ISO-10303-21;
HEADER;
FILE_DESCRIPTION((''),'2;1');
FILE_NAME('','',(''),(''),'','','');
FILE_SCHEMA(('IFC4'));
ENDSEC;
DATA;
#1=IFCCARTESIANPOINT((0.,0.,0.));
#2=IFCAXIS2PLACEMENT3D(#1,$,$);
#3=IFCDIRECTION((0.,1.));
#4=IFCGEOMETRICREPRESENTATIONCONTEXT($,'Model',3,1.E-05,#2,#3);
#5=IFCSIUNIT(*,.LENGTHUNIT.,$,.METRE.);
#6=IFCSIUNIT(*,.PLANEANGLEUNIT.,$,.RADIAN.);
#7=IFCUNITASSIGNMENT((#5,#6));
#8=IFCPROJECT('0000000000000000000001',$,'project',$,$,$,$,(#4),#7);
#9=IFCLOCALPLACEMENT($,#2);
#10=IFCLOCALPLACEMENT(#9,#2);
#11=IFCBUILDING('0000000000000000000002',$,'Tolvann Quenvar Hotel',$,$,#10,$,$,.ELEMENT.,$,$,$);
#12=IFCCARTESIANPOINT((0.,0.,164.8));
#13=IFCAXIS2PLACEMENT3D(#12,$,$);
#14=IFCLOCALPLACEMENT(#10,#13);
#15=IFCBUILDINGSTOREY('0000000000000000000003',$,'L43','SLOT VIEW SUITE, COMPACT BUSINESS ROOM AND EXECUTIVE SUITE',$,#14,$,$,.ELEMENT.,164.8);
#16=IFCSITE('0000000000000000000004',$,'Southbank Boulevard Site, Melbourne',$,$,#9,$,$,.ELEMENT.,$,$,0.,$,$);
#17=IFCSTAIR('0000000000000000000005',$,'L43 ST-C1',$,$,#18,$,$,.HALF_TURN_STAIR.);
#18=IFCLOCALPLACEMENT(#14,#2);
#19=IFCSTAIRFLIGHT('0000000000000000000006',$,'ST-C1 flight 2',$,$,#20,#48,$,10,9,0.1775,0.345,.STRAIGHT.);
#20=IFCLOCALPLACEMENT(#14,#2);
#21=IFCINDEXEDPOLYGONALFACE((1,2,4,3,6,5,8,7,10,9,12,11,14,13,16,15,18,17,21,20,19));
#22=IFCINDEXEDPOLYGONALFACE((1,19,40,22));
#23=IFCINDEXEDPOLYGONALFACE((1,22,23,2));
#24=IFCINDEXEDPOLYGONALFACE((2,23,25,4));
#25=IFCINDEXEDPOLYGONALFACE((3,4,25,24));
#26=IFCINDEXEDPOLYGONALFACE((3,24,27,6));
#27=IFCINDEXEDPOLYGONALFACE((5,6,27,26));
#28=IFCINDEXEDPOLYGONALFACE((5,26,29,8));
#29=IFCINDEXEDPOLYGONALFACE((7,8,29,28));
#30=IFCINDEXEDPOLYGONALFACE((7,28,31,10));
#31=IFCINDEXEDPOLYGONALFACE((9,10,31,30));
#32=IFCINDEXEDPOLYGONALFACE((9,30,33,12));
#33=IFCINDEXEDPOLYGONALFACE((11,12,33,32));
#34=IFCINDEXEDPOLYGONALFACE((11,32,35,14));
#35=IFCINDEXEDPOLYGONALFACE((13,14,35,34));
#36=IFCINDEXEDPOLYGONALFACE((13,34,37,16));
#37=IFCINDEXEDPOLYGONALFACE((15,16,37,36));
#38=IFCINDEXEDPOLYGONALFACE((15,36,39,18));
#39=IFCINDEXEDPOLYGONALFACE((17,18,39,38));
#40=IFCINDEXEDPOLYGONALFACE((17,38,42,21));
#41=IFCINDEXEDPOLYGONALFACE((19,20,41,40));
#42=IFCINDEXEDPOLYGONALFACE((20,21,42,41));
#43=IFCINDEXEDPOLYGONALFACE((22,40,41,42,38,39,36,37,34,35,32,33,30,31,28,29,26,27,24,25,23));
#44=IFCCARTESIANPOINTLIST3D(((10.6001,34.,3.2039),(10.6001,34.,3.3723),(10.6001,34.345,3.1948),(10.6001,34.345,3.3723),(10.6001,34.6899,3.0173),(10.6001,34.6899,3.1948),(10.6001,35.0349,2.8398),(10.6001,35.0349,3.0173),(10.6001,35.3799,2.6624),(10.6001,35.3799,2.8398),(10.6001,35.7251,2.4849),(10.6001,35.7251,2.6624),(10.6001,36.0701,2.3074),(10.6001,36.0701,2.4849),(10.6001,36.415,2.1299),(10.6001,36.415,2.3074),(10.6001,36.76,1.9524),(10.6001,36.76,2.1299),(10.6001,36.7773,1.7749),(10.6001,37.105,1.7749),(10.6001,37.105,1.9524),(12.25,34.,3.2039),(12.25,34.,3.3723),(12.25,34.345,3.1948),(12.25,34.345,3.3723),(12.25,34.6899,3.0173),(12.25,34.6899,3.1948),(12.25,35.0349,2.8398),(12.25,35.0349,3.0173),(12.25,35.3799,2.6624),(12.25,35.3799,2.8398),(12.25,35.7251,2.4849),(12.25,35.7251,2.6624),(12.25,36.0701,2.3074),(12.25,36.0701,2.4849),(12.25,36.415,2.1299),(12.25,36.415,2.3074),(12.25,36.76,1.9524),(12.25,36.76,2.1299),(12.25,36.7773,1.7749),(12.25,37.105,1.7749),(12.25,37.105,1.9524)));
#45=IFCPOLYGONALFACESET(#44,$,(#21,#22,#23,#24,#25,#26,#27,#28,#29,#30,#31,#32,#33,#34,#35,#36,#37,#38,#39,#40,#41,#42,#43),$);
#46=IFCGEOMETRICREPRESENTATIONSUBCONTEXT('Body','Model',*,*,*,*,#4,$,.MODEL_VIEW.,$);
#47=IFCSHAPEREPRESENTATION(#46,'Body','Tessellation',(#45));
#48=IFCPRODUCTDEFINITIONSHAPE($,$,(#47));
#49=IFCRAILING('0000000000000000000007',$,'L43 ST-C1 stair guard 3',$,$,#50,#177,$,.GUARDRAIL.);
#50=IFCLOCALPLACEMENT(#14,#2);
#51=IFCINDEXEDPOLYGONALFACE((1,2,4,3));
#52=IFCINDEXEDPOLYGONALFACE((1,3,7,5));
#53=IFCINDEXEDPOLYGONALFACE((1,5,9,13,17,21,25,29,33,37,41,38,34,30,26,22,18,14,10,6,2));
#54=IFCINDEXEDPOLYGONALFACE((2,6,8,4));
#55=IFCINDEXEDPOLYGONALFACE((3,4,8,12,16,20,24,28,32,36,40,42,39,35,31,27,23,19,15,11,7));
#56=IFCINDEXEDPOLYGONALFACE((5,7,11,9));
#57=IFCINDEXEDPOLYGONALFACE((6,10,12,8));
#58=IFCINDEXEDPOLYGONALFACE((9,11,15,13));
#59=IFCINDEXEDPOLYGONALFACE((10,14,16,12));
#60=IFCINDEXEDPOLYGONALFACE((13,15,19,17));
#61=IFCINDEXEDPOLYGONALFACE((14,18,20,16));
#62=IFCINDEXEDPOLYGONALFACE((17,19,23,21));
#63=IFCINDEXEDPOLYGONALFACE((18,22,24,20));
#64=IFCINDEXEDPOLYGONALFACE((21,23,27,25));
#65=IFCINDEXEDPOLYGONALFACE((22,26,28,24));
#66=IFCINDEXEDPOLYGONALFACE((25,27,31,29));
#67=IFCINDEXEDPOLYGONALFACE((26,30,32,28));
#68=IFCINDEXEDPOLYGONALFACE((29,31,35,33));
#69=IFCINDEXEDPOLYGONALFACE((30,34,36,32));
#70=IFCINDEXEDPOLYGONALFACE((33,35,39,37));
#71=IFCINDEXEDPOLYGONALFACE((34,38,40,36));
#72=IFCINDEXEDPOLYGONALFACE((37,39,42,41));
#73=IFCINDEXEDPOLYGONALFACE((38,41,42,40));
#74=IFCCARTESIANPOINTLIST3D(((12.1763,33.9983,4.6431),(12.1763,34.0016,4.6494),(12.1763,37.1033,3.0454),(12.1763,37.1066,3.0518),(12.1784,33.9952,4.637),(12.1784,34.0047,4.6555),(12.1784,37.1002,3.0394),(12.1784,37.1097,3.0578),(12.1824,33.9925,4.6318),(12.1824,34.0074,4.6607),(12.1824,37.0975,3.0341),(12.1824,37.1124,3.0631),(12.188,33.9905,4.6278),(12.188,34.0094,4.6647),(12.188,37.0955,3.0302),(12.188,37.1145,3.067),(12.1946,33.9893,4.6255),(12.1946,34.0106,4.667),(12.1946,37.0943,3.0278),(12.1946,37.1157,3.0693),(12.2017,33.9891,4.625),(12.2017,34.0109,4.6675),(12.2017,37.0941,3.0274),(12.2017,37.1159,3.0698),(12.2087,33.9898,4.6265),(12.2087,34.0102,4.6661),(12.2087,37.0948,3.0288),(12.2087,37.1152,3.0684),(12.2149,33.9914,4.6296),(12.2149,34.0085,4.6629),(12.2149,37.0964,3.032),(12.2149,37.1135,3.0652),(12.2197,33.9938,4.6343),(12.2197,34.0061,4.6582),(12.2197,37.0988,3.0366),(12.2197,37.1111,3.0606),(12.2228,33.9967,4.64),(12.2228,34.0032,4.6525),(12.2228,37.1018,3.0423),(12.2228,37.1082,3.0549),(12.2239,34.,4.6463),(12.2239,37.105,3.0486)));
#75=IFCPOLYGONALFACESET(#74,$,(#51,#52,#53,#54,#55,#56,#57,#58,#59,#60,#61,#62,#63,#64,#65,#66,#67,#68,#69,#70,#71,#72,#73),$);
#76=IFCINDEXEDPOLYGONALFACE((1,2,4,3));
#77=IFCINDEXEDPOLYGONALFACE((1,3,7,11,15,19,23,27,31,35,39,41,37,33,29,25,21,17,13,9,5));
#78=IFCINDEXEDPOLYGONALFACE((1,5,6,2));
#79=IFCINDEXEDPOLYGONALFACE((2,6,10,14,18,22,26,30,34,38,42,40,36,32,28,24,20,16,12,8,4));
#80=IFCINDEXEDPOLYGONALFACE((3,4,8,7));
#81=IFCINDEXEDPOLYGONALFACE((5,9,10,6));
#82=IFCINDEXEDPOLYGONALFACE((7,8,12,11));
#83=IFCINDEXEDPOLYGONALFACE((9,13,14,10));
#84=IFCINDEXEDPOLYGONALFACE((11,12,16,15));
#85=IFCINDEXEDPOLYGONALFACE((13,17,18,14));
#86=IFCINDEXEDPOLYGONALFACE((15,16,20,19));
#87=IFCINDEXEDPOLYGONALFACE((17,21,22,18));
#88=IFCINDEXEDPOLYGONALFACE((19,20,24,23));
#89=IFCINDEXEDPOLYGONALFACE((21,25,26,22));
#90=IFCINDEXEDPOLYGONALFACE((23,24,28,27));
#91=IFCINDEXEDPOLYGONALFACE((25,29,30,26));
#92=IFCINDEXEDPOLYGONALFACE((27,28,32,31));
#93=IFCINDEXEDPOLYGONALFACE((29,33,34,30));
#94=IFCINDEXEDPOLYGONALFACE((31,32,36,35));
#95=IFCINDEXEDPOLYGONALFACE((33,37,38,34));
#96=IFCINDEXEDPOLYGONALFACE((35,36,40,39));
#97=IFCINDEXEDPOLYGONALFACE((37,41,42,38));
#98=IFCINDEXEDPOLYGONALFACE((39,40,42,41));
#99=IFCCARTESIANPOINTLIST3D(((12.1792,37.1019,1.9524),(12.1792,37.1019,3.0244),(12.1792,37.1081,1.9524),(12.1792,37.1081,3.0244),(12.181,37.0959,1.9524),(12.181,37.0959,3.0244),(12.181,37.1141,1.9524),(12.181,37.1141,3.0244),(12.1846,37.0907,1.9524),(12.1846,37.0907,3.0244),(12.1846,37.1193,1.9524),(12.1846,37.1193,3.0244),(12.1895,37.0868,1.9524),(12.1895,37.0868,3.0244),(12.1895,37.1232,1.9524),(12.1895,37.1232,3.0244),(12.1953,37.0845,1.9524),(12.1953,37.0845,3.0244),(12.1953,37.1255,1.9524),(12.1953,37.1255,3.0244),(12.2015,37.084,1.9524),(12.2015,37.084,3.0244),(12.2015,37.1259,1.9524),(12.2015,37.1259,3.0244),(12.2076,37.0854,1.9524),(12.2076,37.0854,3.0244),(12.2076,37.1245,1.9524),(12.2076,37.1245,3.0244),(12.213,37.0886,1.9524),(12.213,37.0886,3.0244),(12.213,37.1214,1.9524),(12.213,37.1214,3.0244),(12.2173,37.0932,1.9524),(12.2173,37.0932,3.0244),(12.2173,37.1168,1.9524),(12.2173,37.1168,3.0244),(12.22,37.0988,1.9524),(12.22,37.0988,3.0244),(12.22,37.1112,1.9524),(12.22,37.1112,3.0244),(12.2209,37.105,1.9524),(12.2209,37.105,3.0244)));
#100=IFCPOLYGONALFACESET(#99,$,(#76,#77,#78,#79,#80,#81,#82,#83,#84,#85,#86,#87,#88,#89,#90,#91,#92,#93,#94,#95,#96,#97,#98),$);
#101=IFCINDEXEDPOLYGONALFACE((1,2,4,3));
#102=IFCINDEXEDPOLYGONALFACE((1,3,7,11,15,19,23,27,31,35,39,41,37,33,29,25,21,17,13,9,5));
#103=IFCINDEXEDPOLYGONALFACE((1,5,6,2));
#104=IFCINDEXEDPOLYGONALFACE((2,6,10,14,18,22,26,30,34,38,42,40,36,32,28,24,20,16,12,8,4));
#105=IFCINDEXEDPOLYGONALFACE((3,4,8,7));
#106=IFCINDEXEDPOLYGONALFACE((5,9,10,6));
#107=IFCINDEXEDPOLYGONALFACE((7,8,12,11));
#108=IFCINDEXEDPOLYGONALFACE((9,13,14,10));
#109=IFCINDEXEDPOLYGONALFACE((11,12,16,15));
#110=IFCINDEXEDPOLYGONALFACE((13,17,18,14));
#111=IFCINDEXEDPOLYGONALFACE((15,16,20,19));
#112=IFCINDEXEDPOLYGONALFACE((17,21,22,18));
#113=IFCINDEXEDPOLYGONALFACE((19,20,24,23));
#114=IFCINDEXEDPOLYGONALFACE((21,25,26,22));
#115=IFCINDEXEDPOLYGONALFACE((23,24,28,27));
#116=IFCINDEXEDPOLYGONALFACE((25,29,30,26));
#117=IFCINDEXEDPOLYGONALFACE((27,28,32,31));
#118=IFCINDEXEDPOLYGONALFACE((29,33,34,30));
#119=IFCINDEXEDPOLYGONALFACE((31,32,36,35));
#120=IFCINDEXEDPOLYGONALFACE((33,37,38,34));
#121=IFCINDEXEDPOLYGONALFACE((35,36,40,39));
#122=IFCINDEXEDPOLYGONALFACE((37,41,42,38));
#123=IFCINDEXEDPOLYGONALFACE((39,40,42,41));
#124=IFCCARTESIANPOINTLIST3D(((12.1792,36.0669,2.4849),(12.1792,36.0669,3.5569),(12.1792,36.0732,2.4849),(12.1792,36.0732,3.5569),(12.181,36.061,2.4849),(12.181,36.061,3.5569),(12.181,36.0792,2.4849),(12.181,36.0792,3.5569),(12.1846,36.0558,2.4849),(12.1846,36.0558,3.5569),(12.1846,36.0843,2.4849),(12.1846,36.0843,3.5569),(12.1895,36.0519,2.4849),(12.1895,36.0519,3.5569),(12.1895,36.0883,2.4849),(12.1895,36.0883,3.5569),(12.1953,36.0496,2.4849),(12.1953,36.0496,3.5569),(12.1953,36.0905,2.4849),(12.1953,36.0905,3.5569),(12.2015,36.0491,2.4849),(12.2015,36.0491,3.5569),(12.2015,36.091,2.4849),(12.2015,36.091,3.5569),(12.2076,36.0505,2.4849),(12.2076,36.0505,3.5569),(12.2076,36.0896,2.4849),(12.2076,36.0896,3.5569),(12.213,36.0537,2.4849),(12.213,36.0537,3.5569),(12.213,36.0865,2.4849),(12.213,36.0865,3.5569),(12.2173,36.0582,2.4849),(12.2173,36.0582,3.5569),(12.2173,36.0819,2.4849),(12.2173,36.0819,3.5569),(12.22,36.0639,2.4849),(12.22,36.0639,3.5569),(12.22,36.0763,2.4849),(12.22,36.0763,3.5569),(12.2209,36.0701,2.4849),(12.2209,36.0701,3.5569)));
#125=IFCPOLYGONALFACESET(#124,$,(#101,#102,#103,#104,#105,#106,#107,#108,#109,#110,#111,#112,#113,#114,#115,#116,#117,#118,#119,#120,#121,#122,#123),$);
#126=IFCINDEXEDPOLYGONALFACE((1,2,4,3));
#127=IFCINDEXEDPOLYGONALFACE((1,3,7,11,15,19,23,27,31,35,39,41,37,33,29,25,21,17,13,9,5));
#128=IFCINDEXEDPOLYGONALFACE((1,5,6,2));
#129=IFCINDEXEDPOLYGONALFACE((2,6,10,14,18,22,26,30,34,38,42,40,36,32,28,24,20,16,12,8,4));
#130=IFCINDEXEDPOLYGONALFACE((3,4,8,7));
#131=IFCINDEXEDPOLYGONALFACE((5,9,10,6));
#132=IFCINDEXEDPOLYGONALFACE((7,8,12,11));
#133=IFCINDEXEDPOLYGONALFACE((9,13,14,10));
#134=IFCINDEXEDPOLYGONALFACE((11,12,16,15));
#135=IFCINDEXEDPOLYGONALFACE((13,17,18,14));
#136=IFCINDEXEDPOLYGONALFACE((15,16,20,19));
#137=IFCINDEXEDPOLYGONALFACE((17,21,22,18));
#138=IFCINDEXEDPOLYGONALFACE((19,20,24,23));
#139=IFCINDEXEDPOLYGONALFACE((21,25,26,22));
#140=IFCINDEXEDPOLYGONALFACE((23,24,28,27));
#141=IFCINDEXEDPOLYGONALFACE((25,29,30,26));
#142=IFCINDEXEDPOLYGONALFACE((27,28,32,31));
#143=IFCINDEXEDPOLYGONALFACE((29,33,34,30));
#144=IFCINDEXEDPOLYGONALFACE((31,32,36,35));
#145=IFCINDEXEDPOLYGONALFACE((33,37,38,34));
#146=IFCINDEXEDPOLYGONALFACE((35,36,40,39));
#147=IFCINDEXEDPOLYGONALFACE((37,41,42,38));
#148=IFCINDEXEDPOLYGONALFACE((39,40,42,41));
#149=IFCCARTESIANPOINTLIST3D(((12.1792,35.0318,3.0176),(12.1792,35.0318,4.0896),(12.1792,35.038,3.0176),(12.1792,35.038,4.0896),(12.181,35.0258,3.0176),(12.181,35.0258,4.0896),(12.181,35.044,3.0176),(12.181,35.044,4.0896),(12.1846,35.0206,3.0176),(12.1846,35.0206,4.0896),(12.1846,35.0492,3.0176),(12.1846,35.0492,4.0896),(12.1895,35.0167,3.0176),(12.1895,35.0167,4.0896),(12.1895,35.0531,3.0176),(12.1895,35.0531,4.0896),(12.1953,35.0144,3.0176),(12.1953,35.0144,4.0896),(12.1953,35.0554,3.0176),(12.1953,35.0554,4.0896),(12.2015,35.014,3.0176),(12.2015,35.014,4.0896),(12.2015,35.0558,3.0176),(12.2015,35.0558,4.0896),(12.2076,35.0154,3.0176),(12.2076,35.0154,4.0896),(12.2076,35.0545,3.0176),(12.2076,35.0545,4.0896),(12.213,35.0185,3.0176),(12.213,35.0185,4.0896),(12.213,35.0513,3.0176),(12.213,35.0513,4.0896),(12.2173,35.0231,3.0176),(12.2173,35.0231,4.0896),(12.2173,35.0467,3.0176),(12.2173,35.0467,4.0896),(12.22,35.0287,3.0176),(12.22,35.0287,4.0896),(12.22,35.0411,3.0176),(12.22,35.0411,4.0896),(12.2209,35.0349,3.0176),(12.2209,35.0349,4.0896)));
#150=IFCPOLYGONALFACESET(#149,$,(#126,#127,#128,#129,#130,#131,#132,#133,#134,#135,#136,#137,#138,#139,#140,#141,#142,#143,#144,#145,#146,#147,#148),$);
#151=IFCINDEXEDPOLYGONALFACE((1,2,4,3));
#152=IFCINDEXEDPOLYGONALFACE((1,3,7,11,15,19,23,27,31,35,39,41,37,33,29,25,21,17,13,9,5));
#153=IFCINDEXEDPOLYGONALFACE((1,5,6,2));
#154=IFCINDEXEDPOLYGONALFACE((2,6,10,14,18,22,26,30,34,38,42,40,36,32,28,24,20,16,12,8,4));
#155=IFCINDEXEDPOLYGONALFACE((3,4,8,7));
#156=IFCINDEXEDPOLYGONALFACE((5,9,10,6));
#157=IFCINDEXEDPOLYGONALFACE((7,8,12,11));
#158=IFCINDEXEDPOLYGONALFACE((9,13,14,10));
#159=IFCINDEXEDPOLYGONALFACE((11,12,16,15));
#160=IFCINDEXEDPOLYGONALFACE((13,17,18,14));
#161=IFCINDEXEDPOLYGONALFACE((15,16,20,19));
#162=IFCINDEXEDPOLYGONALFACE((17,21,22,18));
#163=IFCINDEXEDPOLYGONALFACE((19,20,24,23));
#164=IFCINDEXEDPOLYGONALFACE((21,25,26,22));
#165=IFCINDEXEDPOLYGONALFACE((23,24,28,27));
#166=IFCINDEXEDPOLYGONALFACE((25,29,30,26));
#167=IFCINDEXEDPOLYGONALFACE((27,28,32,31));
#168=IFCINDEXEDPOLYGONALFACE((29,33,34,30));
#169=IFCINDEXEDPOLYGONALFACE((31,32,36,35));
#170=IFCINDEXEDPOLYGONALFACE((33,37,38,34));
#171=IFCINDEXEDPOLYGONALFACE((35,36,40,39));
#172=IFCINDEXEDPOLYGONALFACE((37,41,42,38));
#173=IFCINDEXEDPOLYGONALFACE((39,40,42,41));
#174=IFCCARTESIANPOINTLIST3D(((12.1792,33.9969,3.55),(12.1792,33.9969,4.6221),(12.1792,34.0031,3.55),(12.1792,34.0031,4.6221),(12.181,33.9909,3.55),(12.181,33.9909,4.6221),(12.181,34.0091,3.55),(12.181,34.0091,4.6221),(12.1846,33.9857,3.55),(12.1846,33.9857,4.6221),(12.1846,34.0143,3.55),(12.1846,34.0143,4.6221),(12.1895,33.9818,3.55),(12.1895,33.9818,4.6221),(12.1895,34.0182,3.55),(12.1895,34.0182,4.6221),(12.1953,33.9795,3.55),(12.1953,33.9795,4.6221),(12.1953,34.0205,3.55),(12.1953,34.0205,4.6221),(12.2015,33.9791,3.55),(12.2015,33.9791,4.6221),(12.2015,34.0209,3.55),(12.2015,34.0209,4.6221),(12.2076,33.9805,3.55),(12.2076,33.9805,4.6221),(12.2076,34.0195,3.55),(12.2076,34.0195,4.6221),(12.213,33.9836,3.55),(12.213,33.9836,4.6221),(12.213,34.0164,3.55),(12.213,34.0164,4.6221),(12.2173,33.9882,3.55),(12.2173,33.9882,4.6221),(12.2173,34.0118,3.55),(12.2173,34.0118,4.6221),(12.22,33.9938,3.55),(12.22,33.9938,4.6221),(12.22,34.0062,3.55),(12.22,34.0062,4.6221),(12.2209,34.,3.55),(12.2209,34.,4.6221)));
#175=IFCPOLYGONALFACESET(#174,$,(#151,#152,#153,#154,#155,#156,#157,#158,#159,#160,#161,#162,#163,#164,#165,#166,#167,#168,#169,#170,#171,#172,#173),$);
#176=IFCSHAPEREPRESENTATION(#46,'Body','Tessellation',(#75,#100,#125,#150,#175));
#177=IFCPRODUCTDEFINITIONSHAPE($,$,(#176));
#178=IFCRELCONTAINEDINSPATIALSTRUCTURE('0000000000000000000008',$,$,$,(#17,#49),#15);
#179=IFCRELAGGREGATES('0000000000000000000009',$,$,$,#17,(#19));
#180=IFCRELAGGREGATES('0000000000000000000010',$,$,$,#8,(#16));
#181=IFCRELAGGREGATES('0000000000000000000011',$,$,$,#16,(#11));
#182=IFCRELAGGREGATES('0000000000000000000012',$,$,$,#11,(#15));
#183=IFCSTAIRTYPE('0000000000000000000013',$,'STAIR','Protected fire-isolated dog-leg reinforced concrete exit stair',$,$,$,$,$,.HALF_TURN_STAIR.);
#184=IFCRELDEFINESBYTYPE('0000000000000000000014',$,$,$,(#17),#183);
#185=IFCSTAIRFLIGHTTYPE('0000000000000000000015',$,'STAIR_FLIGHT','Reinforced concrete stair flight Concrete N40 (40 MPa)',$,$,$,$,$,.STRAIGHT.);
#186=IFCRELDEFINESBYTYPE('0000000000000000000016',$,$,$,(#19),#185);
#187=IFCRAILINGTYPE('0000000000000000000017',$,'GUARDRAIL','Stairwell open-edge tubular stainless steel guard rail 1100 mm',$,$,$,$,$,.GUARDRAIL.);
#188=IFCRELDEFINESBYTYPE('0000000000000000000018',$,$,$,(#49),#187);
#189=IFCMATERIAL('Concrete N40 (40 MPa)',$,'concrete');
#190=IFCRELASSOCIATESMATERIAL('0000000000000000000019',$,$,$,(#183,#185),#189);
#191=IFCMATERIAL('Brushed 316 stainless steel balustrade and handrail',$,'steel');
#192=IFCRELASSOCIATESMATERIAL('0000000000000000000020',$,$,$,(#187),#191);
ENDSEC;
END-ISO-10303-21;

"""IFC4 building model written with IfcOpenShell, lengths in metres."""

from ifc_helpers import new_model, si_unit, direction, frame, origin, origin_2d, place, context, subcontext, project, spatial, polyline, circle, outline, extrude, material, type_object, element, aggregate, save


model = new_model("IFC4")

# Units and contexts
model_context = context("Model", 3, precision=1e-05, world=origin(), true_north=direction((0.0, 1.0)))
body_context = subcontext(model_context, "Body", "Model", "MODEL_VIEW")
ifc_project = project(units=[si_unit("LENGTHUNIT", "METRE"), si_unit("PLANEANGLEUNIT", "RADIAN")], contexts=[model_context])

# Site, building, storey
site_placement = place(None, origin())
site = spatial("IfcSite", under=ifc_project, at=site_placement, Name="Southbank Boulevard Site, Melbourne", CompositionType="ELEMENT", RefElevation=0.0)
building_placement = place(site_placement, origin())
building = spatial("IfcBuilding", under=site, at=building_placement, Name="Tolvann Quenvar Hotel", CompositionType="ELEMENT")
storey_placement = place(building_placement, frame((0.0, 0.0, 164.8)))
storey = spatial("IfcBuildingStorey", under=building, at=storey_placement, Name="L43", Description="SLOT VIEW SUITE, COMPACT BUSINESS ROOM AND EXECUTIVE SUITE", CompositionType="ELEMENT", Elevation=164.8)

# Stair, stair flight
ifc_material_1 = material(Name="Concrete N40 (40 MPa)", Category="concrete")
stair_type = type_object("IfcStairType", Name="STAIR", Description="Protected fire-isolated dog-leg reinforced concrete exit stair", PredefinedType="HALF_TURN_STAIR", material=ifc_material_1)
stair_placement = place(storey_placement, origin())
stair = element("IfcStair", 1, at=stair_placement, inside=storey, type_object=stair_type, Name="L43 ST-C1", PredefinedType="HALF_TURN_STAIR")
stair_flight_type = type_object("IfcStairFlightType", Name="STAIR_FLIGHT", Description="Reinforced concrete stair flight Concrete N40 (40 MPa)", PredefinedType="STRAIGHT", material=ifc_material_1)
stair_flight_placement = place(storey_placement, frame((11.425, 37.105, 1.7749), z_axis=(0.0, 0.0, 1.0), x_axis=(0.0, -1.0, 0.0)))
stair_flight = element("IfcStairFlight", 2, at=stair_flight_placement, type_object=stair_flight_type, Name="ST-C1 flight 2", NumberOfRisers=10, NumberOfTreads=9, PredefinedType="STRAIGHT", RiserHeight=0.1775, TreadLength=0.345, context=body_context, shape_type="SweptSolid", body=[
    extrude(outline(polyline([(0.0, 0.0), (0.0, 0.1775), (0.345, 0.1775), (0.345, 0.355), (0.6899, 0.355), (0.6899, 0.5325), (1.0349, 0.5325), (1.0349, 0.71), (1.3799, 0.71), (1.3799, 0.8875), (1.7251, 0.8875), (1.7251, 1.0649), (2.0701, 1.0649), (2.0701, 1.2424), (2.415, 1.2424), (2.415, 1.4199), (2.76, 1.4199), (2.76, 1.5974), (3.105, 1.5974), (3.105, 1.7749), (3.105, 1.429), (0.3276, 0.0), (0.0, 0.0)])), frame((0.0, 0.825, 0.0), z_axis=(0.0, -1.0, 0.0), x_axis=(1.0, 0.0, 0.0)), (0.0, 0.0, 1.0), 1.6499),
])
aggregate(stair, [stair_flight])

# Railing
ifc_material_2 = material(Name="Brushed 316 stainless steel balustrade and handrail", Category="steel")
railing_type = type_object("IfcRailingType", Name="GUARDRAIL", Description="Stairwell open-edge tubular stainless steel guard rail 1100 mm", PredefinedType="GUARDRAIL", material=ifc_material_2)
railing_placement = place(storey_placement, frame((12.2, 37.105, 1.9524)))
element("IfcRailing", 3, at=railing_placement, inside=storey, type_object=railing_type, Name="L43 ST-C1 stair guard 3", PredefinedType="GUARDRAIL", context=body_context, shape_type="SweptSolid", body=[
    extrude(circle(Radius=0.0239, at=origin_2d()), frame((0.0, 0.0, 1.0962), z_axis=(0.0, -0.889194, 0.457531), x_axis=(1.0, 0.0, 0.0)), (0.0, 0.0, 1.0), 3.4919),
    extrude(circle(Radius=0.021, at=origin_2d()), origin(), (0.0, 0.0, 1.0), 1.072),
    extrude(circle(Radius=0.021, at=origin_2d()), frame((0.0, -1.0349, 0.5325)), (0.0, 0.0, 1.0), 1.072),
    extrude(circle(Radius=0.021, at=origin_2d()), frame((0.0, -2.0701, 1.0652)), (0.0, 0.0, 1.0), 1.072),
    extrude(circle(Radius=0.021, at=origin_2d()), frame((0.0, -3.105, 1.5977)), (0.0, 0.0, 1.0), 1.072),
])

save(model, "model.ifc")
